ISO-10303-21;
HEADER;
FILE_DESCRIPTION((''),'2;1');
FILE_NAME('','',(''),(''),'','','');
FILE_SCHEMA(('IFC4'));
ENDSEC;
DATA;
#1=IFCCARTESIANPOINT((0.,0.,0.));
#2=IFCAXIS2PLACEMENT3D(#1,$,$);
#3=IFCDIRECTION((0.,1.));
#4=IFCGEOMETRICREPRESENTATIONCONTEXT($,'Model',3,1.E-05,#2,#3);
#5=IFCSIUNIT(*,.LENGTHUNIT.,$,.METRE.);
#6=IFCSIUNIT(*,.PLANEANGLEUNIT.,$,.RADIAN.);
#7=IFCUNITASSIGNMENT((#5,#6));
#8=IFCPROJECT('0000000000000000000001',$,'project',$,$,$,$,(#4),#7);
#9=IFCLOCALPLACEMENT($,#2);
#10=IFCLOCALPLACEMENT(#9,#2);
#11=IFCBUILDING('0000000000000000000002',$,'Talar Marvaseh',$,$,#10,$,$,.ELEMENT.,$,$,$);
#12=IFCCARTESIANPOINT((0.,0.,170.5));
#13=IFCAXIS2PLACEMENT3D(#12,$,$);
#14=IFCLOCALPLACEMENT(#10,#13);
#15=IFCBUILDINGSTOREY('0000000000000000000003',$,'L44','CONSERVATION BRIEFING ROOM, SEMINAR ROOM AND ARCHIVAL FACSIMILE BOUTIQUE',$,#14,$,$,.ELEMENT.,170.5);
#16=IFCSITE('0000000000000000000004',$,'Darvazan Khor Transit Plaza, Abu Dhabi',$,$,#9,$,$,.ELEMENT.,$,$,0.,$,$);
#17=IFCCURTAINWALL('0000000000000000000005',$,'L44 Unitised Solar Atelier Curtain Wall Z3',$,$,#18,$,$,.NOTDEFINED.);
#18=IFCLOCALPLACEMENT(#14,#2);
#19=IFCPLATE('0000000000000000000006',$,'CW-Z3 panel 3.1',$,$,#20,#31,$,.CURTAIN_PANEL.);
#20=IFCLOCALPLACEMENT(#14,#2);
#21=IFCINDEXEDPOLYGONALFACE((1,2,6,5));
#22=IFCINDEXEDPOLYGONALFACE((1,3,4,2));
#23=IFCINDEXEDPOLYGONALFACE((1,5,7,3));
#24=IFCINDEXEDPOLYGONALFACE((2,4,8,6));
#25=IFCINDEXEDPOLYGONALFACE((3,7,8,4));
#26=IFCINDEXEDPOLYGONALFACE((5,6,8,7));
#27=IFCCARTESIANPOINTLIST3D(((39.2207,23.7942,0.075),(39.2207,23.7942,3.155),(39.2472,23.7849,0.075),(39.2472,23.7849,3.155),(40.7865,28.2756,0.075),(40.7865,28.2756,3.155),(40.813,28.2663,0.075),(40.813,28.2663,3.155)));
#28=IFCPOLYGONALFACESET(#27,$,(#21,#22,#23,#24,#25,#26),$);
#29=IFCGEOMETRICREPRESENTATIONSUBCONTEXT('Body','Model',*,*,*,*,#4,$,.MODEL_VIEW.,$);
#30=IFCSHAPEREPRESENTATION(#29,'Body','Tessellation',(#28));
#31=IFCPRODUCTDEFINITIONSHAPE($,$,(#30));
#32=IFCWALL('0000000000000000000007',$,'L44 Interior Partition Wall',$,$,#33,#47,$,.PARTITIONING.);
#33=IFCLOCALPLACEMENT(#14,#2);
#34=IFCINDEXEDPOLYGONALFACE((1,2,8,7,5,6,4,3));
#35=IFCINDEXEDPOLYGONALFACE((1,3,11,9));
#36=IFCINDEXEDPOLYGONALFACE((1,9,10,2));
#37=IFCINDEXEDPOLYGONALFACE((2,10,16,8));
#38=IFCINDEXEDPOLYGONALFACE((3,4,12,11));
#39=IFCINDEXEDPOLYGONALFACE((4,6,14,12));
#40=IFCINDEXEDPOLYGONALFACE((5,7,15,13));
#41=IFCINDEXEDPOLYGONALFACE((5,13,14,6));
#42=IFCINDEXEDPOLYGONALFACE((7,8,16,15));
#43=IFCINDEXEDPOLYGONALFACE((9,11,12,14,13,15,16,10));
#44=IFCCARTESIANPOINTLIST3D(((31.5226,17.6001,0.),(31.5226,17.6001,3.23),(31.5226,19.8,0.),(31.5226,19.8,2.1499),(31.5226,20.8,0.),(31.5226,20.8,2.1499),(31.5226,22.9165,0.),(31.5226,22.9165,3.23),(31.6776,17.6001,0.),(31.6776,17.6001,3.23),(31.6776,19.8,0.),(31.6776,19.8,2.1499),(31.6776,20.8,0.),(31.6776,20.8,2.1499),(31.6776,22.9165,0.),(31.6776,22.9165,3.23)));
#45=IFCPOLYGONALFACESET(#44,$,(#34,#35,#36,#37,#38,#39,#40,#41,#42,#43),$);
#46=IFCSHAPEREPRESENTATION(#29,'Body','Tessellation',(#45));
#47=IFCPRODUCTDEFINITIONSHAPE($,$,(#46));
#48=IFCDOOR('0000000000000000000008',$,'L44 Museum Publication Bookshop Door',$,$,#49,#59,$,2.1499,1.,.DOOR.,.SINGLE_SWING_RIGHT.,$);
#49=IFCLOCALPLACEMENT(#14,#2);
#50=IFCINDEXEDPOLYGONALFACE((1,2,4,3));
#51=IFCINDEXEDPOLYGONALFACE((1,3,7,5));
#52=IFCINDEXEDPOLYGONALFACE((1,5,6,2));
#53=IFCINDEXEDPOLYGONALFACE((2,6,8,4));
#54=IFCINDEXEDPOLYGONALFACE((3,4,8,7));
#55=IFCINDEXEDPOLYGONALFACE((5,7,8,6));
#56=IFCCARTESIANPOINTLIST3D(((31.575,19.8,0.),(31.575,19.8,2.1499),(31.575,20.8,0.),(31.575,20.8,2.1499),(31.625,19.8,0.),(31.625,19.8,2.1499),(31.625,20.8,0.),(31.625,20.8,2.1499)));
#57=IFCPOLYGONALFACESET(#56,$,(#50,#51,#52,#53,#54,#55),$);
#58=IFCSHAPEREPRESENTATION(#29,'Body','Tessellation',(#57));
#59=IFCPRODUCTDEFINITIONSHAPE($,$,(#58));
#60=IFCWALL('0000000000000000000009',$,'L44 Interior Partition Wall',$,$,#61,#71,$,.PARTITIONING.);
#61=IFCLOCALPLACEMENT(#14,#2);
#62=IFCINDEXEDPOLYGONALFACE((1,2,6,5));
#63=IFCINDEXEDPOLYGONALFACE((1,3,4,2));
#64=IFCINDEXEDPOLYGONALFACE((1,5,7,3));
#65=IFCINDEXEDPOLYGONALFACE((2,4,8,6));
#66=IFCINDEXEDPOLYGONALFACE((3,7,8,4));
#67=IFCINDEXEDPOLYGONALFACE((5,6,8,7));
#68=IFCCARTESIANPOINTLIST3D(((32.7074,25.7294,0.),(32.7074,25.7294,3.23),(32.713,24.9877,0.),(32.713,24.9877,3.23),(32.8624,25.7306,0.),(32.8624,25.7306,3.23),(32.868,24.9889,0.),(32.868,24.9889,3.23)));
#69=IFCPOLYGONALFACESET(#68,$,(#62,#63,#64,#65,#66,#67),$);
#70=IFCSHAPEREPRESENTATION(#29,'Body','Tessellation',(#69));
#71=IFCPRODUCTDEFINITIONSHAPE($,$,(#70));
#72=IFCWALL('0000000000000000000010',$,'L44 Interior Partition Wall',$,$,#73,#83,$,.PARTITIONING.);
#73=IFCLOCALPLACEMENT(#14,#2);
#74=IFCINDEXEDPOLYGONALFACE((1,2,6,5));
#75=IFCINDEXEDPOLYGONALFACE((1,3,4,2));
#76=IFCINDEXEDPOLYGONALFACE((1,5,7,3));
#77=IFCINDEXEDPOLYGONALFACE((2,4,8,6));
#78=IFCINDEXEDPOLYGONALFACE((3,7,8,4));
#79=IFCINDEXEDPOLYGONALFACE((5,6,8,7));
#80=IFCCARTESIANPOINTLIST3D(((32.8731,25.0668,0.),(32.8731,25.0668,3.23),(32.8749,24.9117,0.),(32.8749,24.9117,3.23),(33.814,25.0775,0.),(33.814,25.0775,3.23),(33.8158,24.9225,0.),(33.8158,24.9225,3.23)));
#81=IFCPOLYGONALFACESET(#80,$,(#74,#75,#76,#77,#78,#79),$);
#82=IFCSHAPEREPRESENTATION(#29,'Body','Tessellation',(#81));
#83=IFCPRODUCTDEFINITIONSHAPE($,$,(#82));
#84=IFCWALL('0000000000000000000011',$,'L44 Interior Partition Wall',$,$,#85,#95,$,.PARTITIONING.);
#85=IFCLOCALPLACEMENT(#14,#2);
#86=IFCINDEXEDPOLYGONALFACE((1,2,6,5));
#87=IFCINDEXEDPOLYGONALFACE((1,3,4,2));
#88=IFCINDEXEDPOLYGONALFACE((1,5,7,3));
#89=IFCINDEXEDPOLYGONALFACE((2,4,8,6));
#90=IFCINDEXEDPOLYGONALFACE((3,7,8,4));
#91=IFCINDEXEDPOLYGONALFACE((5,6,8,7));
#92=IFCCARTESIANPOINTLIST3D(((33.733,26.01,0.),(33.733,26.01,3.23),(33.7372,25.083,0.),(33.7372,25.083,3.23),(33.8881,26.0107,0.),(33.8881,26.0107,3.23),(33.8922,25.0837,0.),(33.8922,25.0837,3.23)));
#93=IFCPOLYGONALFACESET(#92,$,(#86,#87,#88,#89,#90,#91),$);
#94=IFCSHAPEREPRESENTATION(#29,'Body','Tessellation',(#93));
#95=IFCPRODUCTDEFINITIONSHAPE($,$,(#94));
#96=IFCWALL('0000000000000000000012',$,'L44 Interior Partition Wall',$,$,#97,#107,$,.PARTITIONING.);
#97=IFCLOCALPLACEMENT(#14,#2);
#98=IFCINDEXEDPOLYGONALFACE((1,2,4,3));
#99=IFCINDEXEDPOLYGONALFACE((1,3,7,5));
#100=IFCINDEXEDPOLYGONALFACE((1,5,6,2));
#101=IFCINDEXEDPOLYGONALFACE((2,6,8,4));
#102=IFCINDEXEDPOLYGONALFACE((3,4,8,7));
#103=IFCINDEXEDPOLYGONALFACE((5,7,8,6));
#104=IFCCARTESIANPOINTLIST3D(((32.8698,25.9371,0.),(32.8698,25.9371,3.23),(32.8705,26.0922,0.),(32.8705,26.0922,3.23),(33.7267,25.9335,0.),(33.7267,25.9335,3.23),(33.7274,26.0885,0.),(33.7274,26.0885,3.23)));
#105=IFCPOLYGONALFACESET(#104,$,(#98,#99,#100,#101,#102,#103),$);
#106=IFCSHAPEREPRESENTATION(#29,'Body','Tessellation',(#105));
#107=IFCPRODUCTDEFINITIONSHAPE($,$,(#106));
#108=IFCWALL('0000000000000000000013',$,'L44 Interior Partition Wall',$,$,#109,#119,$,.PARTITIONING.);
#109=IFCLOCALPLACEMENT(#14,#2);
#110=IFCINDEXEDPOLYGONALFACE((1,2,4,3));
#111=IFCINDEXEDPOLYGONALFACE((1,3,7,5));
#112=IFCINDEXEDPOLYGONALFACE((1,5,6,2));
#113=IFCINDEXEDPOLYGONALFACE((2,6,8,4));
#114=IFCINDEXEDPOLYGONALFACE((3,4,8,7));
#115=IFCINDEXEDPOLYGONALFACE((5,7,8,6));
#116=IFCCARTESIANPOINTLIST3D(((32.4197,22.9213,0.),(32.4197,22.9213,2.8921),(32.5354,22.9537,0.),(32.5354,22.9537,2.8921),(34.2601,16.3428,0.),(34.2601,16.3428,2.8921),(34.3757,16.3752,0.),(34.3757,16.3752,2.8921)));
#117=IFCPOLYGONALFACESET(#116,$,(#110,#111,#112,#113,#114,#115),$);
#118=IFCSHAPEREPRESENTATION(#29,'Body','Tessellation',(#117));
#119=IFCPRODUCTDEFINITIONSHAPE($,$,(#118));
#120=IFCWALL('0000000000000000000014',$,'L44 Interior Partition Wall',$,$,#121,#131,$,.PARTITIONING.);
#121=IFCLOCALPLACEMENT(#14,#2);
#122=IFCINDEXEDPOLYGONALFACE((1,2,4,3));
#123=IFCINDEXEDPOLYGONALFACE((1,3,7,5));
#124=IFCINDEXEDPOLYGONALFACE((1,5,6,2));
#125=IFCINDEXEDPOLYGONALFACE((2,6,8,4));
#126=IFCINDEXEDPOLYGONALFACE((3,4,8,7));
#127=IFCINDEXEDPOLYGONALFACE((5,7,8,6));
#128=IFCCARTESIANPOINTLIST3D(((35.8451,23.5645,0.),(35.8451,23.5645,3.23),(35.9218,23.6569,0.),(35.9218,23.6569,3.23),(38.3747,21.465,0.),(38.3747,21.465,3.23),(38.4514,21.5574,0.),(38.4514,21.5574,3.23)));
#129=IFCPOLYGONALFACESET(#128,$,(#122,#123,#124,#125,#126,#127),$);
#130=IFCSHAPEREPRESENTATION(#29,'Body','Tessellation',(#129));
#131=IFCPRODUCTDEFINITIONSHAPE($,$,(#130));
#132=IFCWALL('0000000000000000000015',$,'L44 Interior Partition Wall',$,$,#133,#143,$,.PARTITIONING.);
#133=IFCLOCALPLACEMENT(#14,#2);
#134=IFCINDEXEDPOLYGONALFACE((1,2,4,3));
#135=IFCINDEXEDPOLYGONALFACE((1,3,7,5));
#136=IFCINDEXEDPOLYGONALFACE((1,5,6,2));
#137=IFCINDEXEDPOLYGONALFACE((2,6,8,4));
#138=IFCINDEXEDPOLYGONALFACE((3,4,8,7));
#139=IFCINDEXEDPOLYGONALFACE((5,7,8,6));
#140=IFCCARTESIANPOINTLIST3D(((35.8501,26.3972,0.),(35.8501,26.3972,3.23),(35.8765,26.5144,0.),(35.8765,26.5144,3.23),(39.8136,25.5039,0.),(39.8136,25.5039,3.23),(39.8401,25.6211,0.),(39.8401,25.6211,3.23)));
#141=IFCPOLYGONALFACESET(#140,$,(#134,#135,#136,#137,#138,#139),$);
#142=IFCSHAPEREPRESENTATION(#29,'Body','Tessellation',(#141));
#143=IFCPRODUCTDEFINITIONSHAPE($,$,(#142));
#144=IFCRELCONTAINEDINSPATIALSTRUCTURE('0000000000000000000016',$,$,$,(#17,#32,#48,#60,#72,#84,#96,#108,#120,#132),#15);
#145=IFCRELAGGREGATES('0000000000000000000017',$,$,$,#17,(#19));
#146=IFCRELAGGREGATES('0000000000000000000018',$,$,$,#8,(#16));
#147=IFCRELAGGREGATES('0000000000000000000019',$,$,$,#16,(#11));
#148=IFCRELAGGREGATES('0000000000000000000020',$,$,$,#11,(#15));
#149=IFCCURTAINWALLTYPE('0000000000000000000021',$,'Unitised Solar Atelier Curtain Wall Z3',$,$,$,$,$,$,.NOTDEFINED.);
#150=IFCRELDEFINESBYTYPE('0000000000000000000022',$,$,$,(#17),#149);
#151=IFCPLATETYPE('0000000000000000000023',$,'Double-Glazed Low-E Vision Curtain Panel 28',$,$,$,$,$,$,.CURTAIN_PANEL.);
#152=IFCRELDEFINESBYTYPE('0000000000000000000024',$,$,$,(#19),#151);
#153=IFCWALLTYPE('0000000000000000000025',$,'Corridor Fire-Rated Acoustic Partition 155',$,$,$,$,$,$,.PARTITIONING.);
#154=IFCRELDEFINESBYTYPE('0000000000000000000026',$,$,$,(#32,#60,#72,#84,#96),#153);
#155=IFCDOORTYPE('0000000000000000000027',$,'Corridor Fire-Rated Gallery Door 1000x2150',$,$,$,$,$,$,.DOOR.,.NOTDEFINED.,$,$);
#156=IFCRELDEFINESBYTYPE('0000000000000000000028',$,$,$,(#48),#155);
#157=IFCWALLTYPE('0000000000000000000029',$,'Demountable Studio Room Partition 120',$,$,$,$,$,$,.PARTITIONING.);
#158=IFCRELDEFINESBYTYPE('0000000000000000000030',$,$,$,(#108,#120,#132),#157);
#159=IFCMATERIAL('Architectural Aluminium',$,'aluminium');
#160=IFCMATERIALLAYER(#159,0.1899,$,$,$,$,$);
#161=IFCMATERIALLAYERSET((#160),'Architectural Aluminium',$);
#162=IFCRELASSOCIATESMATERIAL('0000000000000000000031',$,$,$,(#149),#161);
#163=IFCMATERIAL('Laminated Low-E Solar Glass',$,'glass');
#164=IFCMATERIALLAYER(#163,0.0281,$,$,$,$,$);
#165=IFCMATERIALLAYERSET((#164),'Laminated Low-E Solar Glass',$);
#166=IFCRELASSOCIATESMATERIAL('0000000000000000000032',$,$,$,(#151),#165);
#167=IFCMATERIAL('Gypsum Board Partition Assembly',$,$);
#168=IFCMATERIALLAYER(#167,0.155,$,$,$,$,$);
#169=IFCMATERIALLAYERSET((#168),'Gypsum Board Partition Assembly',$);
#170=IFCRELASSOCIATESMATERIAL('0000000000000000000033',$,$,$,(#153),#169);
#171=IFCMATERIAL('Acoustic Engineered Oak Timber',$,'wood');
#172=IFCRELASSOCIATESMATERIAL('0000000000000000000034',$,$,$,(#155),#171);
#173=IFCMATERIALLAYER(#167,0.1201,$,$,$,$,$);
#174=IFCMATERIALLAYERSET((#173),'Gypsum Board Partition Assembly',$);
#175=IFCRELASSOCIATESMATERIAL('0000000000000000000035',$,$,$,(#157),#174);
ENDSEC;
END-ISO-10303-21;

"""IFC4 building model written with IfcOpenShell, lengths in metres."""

from ifc_helpers import new_model, si_unit, direction, frame, frame_2d, origin, origin_2d, place, context, subcontext, project, spatial, rectangle, extrude, source, transform, mapped, material, layer, layer_set, type_object, type_shapes, element, fill, aggregate, save


model = new_model("IFC4")

# Units and contexts
model_context = context("Model", 3, precision=1e-05, world=origin(), true_north=direction((0.0, 1.0)))
body_context = subcontext(model_context, "Body", "Model", "MODEL_VIEW")
ifc_project = project(units=[si_unit("LENGTHUNIT", "METRE"), si_unit("PLANEANGLEUNIT", "RADIAN")], contexts=[model_context])

# Site, building, storey
site_placement = place(None, origin())
site = spatial("IfcSite", under=ifc_project, at=site_placement, Name="Darvazan Khor Transit Plaza, Abu Dhabi", CompositionType="ELEMENT", RefElevation=0.0)
building_placement = place(site_placement, origin())
building = spatial("IfcBuilding", under=site, at=building_placement, Name="Talar Marvaseh", CompositionType="ELEMENT")
storey_placement = place(building_placement, frame((0.0, 0.0, 170.5)))
storey = spatial("IfcBuildingStorey", under=building, at=storey_placement, Name="L44", Description="CONSERVATION BRIEFING ROOM, SEMINAR ROOM AND ARCHIVAL FACSIMILE BOUTIQUE", CompositionType="ELEMENT", Elevation=170.5)

# Curtain wall, plate
ifc_material_1 = material(Name="Architectural Aluminium", Category="aluminium")
ifc_layer_1 = layer(ifc_material_1, 0.1899)
ifc_layer_set_1 = layer_set([ifc_layer_1], Name="Architectural Aluminium")
curtain_wall_type = type_object("IfcCurtainWallType", Name="Unitised Solar Atelier Curtain Wall Z3", PredefinedType="NOTDEFINED", material=ifc_layer_set_1)
curtain_wall_placement = place(storey_placement, origin())
curtain_wall = element("IfcCurtainWall", 1, at=curtain_wall_placement, inside=storey, type_object=curtain_wall_type, Name="L44 Unitised Solar Atelier Curtain Wall Z3", PredefinedType="NOTDEFINED")
ifc_material_2 = material(Name="Laminated Low-E Solar Glass", Category="glass")
ifc_layer_2 = layer(ifc_material_2, 0.0281)
ifc_layer_set_2 = layer_set([ifc_layer_2], Name="Laminated Low-E Solar Glass")
plate_type = type_object("IfcPlateType", Name="Double-Glazed Low-E Vision Curtain Panel 28", PredefinedType="CURTAIN_PANEL", material=ifc_layer_set_2)
shared_shape_1 = source(origin(), body_context, "Body", "SweptSolid", [
    extrude(rectangle(XDim=4.7471, YDim=0.0281, at=origin_2d()), origin(), (0.0, 0.0, 1.0), 3.0801),
])
plate_1_placement = place(storey_placement, frame((40.0168, 26.0303, 0.075), z_axis=(0.0, 0.0, 1.0), x_axis=(-0.329839, -0.944037, 0.0)))
plate_1 = element("IfcPlate", 2, at=plate_1_placement, type_object=plate_type, Name="CW-Z3 panel 3.1", PredefinedType="CURTAIN_PANEL", context=body_context, shape_type="MappedRepresentation", body=[
    mapped(shared_shape_1, transform((0.0, 0.0, 0.0), x_axis=(1.0, 0.0, 0.0), y_axis=(0.0, 1.0, 0.0), z_axis=(0.0, 0.0, 1.0), scale=1.0)),
])
aggregate(curtain_wall, [plate_1])

# Wall, opening, door
ifc_material_3 = material(Name="Gypsum Board Partition Assembly")
ifc_layer_3 = layer(ifc_material_3, 0.155)
ifc_layer_set_3 = layer_set([ifc_layer_3], Name="Gypsum Board Partition Assembly")
wall_type_1 = type_object("IfcWallType", Name="Corridor Fire-Rated Acoustic Partition 155", PredefinedType="PARTITIONING", material=ifc_layer_set_3)
ifc_material_4 = material(Name="Acoustic Engineered Oak Timber", Category="wood")
door_type_1 = type_object("IfcDoorType", Name="Corridor Fire-Rated Gallery Door 1000x2150", OperationType="NOTDEFINED", PredefinedType="DOOR", material=ifc_material_4)
shared_shape_2 = source(origin(), body_context, "Body", "SweptSolid", [
    extrude(rectangle(XDim=1.0, YDim=2.1499, at=frame_2d((0.5, 1.075))), frame((0.0, 0.0249, 0.0), z_axis=(0.0, -1.0, 0.0), x_axis=(1.0, 0.0, 0.0)), (0.0, 0.0, 1.0), 0.05),
])
type_shapes(door_type_1, [shared_shape_2])
wall_1_placement = place(storey_placement, frame((31.6001, 22.9165, 0.0), z_axis=(0.0, 0.0, 1.0), x_axis=(0.0, -1.0, 0.0)))
wall_1 = element("IfcWall", 3, at=wall_1_placement, inside=storey, type_object=wall_type_1, Name="L44 Interior Partition Wall", PredefinedType="PARTITIONING", context=body_context, shape_type="SweptSolid", body=[
    extrude(rectangle(XDim=5.3164, YDim=0.155, at=frame_2d((2.6582, 0.0))), origin(), (0.0, 0.0, 1.0), 3.23),
])
opening_1_placement = place(wall_1_placement, frame((2.1165, 0.0, 0.0)))
opening_1 = element("IfcOpeningElement", 4, at=opening_1_placement, cuts=wall_1, PredefinedType="OPENING", context=body_context, shape_type="SweptSolid", body=[
    extrude(rectangle(XDim=1.0, YDim=2.1499, at=frame_2d((0.5, 1.075))), frame((0.0, 0.0874, 0.0), z_axis=(0.0, -1.0, 0.0), x_axis=(1.0, 0.0, 0.0)), (0.0, 0.0, 1.0), 0.175),
])
door_1_placement = place(opening_1_placement, origin())
door_1 = element("IfcDoor", 5, at=door_1_placement, inside=storey, type_object=door_type_1, Name="L44 Museum Publication Bookshop Door", OperationType="SINGLE_SWING_RIGHT", OverallHeight=2.1499, OverallWidth=1.0, PredefinedType="DOOR", context=body_context, shape_type="MappedRepresentation", body=[
    mapped(shared_shape_2, transform((0.0, 0.0, 0.0), x_axis=(1.0, 0.0, 0.0), y_axis=(0.0, 1.0, 0.0), z_axis=(0.0, 0.0, 1.0), scale=1.0)),
])
fill(opening_1, door_1)

# Walls
wall_2_placement = place(storey_placement, frame((32.7849, 25.73, 0.0), z_axis=(0.0, 0.0, 1.0), x_axis=(0.007571, -0.999971, 0.0)))
element("IfcWall", 6, at=wall_2_placement, inside=storey, type_object=wall_type_1, Name="L44 Interior Partition Wall", PredefinedType="PARTITIONING", context=body_context, shape_type="SweptSolid", body=[
    extrude(rectangle(XDim=0.7417, YDim=0.155, at=frame_2d((0.3708, 0.0))), origin(), (0.0, 0.0, 1.0), 3.23),
])
wall_3_placement = place(storey_placement, frame((32.874, 24.9893, 0.0), z_axis=(0.0, 0.0, 1.0), x_axis=(0.999935, 0.011416, 0.0)))
element("IfcWall", 7, at=wall_3_placement, inside=storey, type_object=wall_type_1, Name="L44 Interior Partition Wall", PredefinedType="PARTITIONING", context=body_context, shape_type="SweptSolid", body=[
    extrude(rectangle(XDim=0.9409, YDim=0.155, at=frame_2d((0.4705, 0.0))), origin(), (0.0, 0.0, 1.0), 3.23),
])
wall_4_placement = place(storey_placement, frame((33.8147, 25.0835, 0.0), z_axis=(0.0, 0.0, 1.0), x_axis=(-0.004477, 0.99999, 0.0)))
element("IfcWall", 8, at=wall_4_placement, inside=storey, type_object=wall_type_1, Name="L44 Interior Partition Wall", PredefinedType="PARTITIONING", context=body_context, shape_type="SweptSolid", body=[
    extrude(rectangle(XDim=0.927, YDim=0.155, at=frame_2d((0.4634, 0.0))), origin(), (0.0, 0.0, 1.0), 3.23),
])
wall_5_placement = place(storey_placement, frame((33.7271, 26.011, 0.0), z_axis=(0.0, 0.0, 1.0), x_axis=(-0.999991, 0.004273, 0.0)))
element("IfcWall", 9, at=wall_5_placement, inside=storey, type_object=wall_type_1, Name="L44 Interior Partition Wall", PredefinedType="PARTITIONING", context=body_context, shape_type="SweptSolid", body=[
    extrude(rectangle(XDim=0.8569, YDim=0.155, at=frame_2d((0.4285, 0.0))), origin(), (0.0, 0.0, 1.0), 3.23),
])
ifc_layer_4 = layer(ifc_material_3, 0.1201)
ifc_layer_set_4 = layer_set([ifc_layer_4], Name="Gypsum Board Partition Assembly")
wall_type_2 = type_object("IfcWallType", Name="Demountable Studio Room Partition 120", PredefinedType="PARTITIONING", material=ifc_layer_set_4)
wall_6_placement = place(storey_placement, frame((32.4775, 22.9375, 0.0), z_axis=(0.0, 0.0, 1.0), x_axis=(0.269411, -0.963025, 0.0)))
element("IfcWall", 10, at=wall_6_placement, inside=storey, type_object=wall_type_2, Name="L44 Interior Partition Wall", PredefinedType="PARTITIONING", context=body_context, shape_type="SweptSolid", body=[
    extrude(rectangle(XDim=6.8311, YDim=0.1201, at=frame_2d((3.4155, 0.0))), origin(), (0.0, 0.0, 1.0), 2.8921),
])
wall_7_placement = place(storey_placement, frame((35.8835, 23.6106, 0.0), z_axis=(0.0, 0.0, 1.0), x_axis=(0.769504, -0.638642, 0.0)))
element("IfcWall", 11, at=wall_7_placement, inside=storey, type_object=wall_type_2, Name="L44 Interior Partition Wall", PredefinedType="PARTITIONING", context=body_context, shape_type="SweptSolid", body=[
    extrude(rectangle(XDim=3.2874, YDim=0.1201, at=frame_2d((1.6436, 0.0))), origin(), (0.0, 0.0, 1.0), 3.23),
])
wall_8_placement = place(storey_placement, frame((35.8633, 26.4558, 0.0), z_axis=(0.0, 0.0, 1.0), x_axis=(0.975531, -0.219862, 0.0)))
element("IfcWall", 12, at=wall_8_placement, inside=storey, type_object=wall_type_2, Name="L44 Interior Partition Wall", PredefinedType="PARTITIONING", context=body_context, shape_type="SweptSolid", body=[
    extrude(rectangle(XDim=4.063, YDim=0.1201, at=frame_2d((2.0315, 0.0))), origin(), (0.0, 0.0, 1.0), 3.23),
])

save(model, "model.ifc")
